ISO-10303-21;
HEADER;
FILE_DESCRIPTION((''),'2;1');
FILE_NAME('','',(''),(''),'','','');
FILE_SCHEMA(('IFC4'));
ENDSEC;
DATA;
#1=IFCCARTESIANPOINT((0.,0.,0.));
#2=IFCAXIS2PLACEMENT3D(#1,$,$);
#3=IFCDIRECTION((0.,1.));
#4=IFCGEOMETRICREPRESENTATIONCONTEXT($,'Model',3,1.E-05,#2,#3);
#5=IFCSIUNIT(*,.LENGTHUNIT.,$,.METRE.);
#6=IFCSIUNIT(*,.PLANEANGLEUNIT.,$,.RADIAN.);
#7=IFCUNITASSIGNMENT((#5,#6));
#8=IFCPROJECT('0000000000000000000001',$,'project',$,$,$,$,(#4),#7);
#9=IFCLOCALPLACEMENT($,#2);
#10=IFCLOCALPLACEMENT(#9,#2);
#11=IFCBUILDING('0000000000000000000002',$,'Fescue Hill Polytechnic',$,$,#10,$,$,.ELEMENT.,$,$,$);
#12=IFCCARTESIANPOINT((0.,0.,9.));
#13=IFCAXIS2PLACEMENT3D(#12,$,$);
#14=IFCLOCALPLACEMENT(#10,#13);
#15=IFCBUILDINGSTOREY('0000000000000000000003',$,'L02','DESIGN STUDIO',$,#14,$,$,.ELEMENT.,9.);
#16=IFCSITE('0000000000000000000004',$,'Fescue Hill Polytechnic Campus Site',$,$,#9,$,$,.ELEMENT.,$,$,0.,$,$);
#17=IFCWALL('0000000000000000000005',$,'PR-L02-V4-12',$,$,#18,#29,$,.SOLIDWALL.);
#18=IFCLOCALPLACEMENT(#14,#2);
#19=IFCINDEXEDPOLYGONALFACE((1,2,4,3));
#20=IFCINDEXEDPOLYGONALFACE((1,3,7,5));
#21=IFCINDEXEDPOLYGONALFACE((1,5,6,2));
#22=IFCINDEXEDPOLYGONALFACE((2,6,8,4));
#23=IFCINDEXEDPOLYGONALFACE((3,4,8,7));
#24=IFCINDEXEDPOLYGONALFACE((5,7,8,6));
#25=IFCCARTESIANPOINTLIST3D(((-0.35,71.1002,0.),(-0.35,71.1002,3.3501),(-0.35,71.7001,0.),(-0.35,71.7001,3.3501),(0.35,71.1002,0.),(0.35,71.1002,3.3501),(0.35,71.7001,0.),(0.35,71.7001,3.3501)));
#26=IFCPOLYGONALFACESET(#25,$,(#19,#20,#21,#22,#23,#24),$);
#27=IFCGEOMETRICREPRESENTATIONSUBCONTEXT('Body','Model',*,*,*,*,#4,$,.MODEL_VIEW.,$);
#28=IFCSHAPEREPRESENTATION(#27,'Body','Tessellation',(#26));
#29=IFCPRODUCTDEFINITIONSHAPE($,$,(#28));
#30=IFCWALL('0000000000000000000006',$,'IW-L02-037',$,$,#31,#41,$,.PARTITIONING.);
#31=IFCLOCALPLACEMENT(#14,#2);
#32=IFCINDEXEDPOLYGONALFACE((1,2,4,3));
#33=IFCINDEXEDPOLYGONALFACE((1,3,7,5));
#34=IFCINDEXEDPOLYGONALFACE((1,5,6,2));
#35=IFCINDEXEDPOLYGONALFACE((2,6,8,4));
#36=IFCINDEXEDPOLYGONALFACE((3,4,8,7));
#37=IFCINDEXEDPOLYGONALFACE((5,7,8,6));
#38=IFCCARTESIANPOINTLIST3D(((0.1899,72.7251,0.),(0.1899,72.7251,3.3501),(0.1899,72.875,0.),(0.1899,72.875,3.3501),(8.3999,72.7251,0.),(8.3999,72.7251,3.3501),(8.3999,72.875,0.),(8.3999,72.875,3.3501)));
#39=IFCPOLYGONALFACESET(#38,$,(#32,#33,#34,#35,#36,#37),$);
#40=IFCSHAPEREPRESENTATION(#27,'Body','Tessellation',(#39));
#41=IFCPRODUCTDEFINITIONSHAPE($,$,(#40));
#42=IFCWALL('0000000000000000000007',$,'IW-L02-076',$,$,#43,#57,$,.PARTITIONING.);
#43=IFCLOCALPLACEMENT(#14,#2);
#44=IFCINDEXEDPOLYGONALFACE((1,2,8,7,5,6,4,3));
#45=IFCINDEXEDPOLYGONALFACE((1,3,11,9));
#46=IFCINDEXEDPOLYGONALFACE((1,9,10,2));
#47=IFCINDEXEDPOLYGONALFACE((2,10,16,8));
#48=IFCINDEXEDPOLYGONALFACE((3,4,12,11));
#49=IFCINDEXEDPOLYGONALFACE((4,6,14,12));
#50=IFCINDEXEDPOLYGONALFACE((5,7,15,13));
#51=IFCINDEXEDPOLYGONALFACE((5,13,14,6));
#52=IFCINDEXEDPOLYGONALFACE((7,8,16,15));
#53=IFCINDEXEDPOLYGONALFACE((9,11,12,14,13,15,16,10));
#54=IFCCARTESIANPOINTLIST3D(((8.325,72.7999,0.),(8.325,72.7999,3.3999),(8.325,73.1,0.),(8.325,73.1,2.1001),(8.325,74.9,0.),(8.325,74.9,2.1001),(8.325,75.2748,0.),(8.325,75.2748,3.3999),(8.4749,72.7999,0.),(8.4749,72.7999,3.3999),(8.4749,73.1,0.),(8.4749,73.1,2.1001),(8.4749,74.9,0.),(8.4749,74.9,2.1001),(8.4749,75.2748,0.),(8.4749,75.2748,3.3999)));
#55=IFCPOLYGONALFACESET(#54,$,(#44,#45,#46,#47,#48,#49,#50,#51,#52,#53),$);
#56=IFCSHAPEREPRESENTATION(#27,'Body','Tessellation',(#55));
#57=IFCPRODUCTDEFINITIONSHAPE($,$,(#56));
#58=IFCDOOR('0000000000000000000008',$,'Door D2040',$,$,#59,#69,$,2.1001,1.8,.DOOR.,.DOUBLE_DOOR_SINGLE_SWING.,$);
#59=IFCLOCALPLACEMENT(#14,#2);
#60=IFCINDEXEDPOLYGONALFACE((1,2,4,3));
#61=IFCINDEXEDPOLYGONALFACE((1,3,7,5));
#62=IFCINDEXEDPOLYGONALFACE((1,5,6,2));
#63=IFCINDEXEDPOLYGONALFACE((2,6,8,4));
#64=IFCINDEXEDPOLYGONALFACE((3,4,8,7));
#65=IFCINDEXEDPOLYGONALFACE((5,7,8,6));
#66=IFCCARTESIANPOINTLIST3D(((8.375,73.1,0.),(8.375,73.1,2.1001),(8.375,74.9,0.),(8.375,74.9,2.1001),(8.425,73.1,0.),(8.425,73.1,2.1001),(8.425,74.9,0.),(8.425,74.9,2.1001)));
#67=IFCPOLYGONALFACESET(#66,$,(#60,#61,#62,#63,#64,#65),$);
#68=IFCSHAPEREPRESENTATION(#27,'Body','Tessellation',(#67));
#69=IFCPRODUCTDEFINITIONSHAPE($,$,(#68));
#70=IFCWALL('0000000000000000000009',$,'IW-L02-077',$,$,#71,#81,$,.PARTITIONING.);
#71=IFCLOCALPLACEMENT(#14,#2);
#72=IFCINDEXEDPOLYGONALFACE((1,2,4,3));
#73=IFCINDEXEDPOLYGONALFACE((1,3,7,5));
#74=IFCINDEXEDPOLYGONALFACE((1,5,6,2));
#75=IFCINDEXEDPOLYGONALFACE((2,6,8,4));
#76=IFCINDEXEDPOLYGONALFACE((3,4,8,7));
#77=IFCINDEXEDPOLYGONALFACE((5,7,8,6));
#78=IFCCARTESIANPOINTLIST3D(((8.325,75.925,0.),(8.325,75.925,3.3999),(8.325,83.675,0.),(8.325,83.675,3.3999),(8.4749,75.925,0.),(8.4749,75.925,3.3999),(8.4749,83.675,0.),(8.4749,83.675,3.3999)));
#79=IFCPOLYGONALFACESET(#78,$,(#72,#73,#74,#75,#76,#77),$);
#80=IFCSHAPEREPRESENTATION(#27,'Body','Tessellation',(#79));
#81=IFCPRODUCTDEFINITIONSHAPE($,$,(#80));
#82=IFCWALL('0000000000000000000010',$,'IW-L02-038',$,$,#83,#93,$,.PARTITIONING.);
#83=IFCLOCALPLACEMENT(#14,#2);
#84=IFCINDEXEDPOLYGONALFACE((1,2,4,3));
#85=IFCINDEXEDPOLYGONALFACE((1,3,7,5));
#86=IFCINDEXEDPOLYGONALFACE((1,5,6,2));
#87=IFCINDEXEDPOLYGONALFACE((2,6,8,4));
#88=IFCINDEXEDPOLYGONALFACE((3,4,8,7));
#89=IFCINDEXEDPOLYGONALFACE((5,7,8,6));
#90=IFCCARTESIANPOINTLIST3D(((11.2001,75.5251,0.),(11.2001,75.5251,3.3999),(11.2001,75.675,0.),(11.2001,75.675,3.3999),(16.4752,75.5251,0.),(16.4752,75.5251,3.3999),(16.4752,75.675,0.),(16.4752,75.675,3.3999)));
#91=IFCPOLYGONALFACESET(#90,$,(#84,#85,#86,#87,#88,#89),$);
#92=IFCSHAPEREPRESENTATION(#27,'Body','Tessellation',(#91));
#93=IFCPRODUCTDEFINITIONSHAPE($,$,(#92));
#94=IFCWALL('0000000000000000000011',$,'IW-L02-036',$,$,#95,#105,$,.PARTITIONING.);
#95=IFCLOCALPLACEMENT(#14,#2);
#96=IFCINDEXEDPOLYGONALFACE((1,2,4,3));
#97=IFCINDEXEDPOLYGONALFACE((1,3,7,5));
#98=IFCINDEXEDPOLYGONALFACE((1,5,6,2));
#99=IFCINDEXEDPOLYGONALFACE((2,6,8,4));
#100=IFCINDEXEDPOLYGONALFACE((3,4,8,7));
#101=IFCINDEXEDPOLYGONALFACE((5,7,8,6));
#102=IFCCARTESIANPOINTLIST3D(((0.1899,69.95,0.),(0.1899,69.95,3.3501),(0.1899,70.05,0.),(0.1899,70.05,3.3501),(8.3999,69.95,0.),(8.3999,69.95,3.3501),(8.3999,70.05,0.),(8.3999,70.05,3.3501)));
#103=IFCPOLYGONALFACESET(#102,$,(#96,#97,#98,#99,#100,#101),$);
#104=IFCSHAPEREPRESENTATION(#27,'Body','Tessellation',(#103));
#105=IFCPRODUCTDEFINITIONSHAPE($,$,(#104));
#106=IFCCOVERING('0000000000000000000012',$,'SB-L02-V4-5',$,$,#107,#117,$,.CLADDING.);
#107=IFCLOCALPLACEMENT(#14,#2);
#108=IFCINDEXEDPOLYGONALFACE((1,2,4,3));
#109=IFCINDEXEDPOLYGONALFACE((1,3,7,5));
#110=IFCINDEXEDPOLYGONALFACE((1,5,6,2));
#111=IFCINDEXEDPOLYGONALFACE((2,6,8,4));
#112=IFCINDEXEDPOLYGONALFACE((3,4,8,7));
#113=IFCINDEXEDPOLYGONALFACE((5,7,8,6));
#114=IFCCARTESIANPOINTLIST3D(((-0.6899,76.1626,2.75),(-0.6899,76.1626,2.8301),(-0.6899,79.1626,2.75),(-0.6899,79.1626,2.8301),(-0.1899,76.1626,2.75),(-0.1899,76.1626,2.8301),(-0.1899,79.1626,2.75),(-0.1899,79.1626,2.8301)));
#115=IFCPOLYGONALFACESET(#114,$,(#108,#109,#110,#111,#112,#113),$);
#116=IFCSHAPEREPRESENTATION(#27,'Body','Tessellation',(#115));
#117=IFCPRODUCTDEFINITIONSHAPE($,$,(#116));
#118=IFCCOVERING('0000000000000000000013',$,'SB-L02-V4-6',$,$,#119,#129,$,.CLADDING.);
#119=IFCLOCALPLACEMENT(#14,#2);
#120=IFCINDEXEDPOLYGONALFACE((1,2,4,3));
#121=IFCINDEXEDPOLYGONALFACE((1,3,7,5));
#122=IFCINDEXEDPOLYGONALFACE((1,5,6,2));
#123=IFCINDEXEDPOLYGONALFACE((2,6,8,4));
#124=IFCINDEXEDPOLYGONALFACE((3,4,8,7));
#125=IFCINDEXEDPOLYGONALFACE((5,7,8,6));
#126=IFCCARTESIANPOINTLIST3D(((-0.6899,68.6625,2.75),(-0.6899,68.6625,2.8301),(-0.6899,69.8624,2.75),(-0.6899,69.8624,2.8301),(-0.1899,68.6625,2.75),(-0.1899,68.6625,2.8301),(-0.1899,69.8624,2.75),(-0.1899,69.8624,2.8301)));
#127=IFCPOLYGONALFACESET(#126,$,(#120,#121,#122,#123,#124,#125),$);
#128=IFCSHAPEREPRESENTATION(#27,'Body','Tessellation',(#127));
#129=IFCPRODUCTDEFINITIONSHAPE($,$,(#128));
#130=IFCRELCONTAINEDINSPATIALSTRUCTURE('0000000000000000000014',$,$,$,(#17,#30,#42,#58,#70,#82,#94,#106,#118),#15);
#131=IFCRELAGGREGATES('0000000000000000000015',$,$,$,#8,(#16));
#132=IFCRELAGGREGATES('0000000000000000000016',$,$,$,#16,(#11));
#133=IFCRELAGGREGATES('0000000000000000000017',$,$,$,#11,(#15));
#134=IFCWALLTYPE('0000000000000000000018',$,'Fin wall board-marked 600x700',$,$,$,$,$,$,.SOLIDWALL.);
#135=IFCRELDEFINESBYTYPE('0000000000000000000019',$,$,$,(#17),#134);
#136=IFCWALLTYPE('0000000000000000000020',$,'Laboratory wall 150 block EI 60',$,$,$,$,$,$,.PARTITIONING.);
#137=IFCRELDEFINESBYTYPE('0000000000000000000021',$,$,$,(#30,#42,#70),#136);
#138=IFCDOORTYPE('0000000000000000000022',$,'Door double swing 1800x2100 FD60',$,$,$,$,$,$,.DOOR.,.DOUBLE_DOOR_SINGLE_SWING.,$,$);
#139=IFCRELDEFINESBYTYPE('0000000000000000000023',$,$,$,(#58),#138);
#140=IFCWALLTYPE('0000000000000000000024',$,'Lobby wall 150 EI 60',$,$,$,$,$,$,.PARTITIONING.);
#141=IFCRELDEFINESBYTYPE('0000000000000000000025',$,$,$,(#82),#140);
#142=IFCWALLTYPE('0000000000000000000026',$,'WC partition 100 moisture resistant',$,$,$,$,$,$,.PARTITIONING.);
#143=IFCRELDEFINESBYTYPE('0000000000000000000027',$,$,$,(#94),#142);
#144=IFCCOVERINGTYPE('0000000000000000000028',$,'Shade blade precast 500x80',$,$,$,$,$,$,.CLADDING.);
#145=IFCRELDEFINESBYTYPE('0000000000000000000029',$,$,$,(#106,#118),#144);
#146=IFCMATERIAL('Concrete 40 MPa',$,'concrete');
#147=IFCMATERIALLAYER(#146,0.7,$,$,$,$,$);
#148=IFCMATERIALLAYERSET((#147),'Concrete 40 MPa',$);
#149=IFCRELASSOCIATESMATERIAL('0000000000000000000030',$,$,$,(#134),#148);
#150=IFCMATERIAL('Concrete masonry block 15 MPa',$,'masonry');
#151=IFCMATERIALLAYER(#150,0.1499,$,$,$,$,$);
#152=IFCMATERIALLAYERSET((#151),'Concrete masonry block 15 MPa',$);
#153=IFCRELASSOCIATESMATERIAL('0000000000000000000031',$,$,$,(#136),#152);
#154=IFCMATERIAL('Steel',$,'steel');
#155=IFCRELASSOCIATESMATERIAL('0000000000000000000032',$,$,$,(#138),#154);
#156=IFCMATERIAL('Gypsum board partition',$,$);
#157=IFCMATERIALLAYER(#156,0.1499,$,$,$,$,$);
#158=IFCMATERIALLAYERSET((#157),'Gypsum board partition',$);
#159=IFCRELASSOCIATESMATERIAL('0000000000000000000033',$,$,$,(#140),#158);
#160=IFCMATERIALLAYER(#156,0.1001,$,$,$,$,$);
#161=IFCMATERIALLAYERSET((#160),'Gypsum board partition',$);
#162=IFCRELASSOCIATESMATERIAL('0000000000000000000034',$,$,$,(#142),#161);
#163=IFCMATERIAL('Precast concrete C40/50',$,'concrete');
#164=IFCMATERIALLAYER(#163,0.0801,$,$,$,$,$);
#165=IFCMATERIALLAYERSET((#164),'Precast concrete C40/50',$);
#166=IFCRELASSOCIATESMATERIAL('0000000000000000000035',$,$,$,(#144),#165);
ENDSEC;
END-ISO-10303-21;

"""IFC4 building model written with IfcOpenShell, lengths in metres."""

from ifc_helpers import new_model, si_unit, direction, frame, frame_2d, origin, origin_2d, place, context, subcontext, project, spatial, rectangle, extrude, material, layer, layer_set, type_object, element, fill, save


model = new_model("IFC4")

# Units and contexts
model_context = context("Model", 3, precision=1e-05, world=origin(), true_north=direction((0.0, 1.0)))
body_context = subcontext(model_context, "Body", "Model", "MODEL_VIEW")
ifc_project = project(units=[si_unit("LENGTHUNIT", "METRE"), si_unit("PLANEANGLEUNIT", "RADIAN")], contexts=[model_context])

# Site, building, storey
site_placement = place(None, origin())
site = spatial("IfcSite", under=ifc_project, at=site_placement, Name="Fescue Hill Polytechnic Campus Site", CompositionType="ELEMENT", RefElevation=0.0)
building_placement = place(site_placement, origin())
building = spatial("IfcBuilding", under=site, at=building_placement, Name="Fescue Hill Polytechnic", CompositionType="ELEMENT")
storey_placement = place(building_placement, frame((0.0, 0.0, 9.0)))
storey = spatial("IfcBuildingStorey", under=building, at=storey_placement, Name="L02", Description="DESIGN STUDIO", CompositionType="ELEMENT", Elevation=9.0)

# Shared definitions
ifc_material_1 = material(Name="Concrete 40 MPa", Category="concrete")

# Walls
ifc_layer_1 = layer(ifc_material_1, 0.7)
ifc_layer_set_1 = layer_set([ifc_layer_1], Name="Concrete 40 MPa")
wall_type_1 = type_object("IfcWallType", Name="Fin wall board-marked 600x700", PredefinedType="SOLIDWALL", material=ifc_layer_set_1)
wall_1_placement = place(storey_placement, frame((0.0, 71.7, 0.0), z_axis=(0.0, 0.0, 1.0), x_axis=(0.0, -1.0, 0.0)))
element("IfcWall", 1, at=wall_1_placement, inside=storey, type_object=wall_type_1, Name="PR-L02-V4-12", PredefinedType="SOLIDWALL", context=body_context, shape_type="SweptSolid", body=[
    extrude(rectangle(XDim=0.5999, YDim=0.7, at=frame_2d((0.2998, 0.0))), origin(), (0.0, 0.0, 1.0), 3.3501),
])
ifc_material_2 = material(Name="Concrete masonry block 15 MPa", Category="masonry")
ifc_layer_2 = layer(ifc_material_2, 0.1499)
ifc_layer_set_2 = layer_set([ifc_layer_2], Name="Concrete masonry block 15 MPa")
wall_type_2 = type_object("IfcWallType", Name="Laboratory wall 150 block EI 60", PredefinedType="PARTITIONING", material=ifc_layer_set_2)
wall_2_placement = place(storey_placement, frame((0.1899, 72.8, 0.0), z_axis=(0.0, 0.0, 1.0), x_axis=(1.0, 0.0, 0.0)))
element("IfcWall", 2, at=wall_2_placement, inside=storey, type_object=wall_type_2, Name="IW-L02-037", PredefinedType="PARTITIONING", context=body_context, shape_type="SweptSolid", body=[
    extrude(rectangle(XDim=8.21, YDim=0.1499, at=frame_2d((4.105, 0.0))), origin(), (0.0, 0.0, 1.0), 3.3501),
])

# Wall, opening, door
wall_3_placement = place(storey_placement, frame((8.3999, 72.8, 0.0), z_axis=(0.0, 0.0, 1.0), x_axis=(0.0, 1.0, 0.0)))
wall_3 = element("IfcWall", 3, at=wall_3_placement, inside=storey, type_object=wall_type_2, Name="IW-L02-076", PredefinedType="PARTITIONING", context=body_context, shape_type="SweptSolid", body=[
    extrude(rectangle(XDim=2.4749, YDim=0.1499, at=frame_2d((1.2373, 0.0))), origin(), (0.0, 0.0, 1.0), 3.3999),
])
opening_1_placement = place(wall_3_placement, frame((0.3, 0.0, 0.0)))
opening_1 = element("IfcOpeningElement", 4, at=opening_1_placement, cuts=wall_3, PredefinedType="OPENING", context=body_context, shape_type="SweptSolid", body=[
    extrude(rectangle(XDim=1.8, YDim=2.1001, at=frame_2d((0.8999, 1.05))), frame((0.0, 0.085, 0.0), z_axis=(0.0, -1.0, 0.0), x_axis=(1.0, 0.0, 0.0)), (0.0, 0.0, 1.0), 0.1699),
])
ifc_material_3 = material(Name="Steel", Category="steel")
door_type = type_object("IfcDoorType", Name="Door double swing 1800x2100 FD60", OperationType="DOUBLE_DOOR_SINGLE_SWING", PredefinedType="DOOR", material=ifc_material_3)
door_placement = place(opening_1_placement, origin())
door = element("IfcDoor", 5, at=door_placement, inside=storey, type_object=door_type, Name="Door D2040", OperationType="DOUBLE_DOOR_SINGLE_SWING", OverallHeight=2.1001, OverallWidth=1.8, PredefinedType="DOOR", context=body_context, shape_type="SweptSolid", body=[
    extrude(rectangle(XDim=1.8, YDim=2.1001, at=frame_2d((0.8999, 1.05))), frame((0.0, 0.0249, 0.0), z_axis=(0.0, -1.0, 0.0), x_axis=(1.0, 0.0, 0.0)), (0.0, 0.0, 1.0), 0.05),
])
fill(opening_1, door)

# Walls
wall_4_placement = place(storey_placement, frame((8.3999, 75.925, 0.0), z_axis=(0.0, 0.0, 1.0), x_axis=(0.0, 1.0, 0.0)))
element("IfcWall", 6, at=wall_4_placement, inside=storey, type_object=wall_type_2, Name="IW-L02-077", PredefinedType="PARTITIONING", context=body_context, shape_type="SweptSolid", body=[
    extrude(rectangle(XDim=7.75, YDim=0.1499, at=frame_2d((3.875, 0.0))), origin(), (0.0, 0.0, 1.0), 3.3999),
])
ifc_material_4 = material(Name="Gypsum board partition")
ifc_layer_3 = layer(ifc_material_4, 0.1499)
ifc_layer_set_3 = layer_set([ifc_layer_3], Name="Gypsum board partition")
wall_type_3 = type_object("IfcWallType", Name="Lobby wall 150 EI 60", PredefinedType="PARTITIONING", material=ifc_layer_set_3)
wall_5_placement = place(storey_placement, frame((11.2, 75.6001, 0.0), z_axis=(0.0, 0.0, 1.0), x_axis=(1.0, 0.0, 0.0)))
element("IfcWall", 7, at=wall_5_placement, inside=storey, type_object=wall_type_3, Name="IW-L02-038", PredefinedType="PARTITIONING", context=body_context, shape_type="SweptSolid", body=[
    extrude(rectangle(XDim=5.2751, YDim=0.1499, at=frame_2d((2.6377, 0.0))), origin(), (0.0, 0.0, 1.0), 3.3999),
])
ifc_layer_4 = layer(ifc_material_4, 0.1001)
ifc_layer_set_4 = layer_set([ifc_layer_4], Name="Gypsum board partition")
wall_type_4 = type_object("IfcWallType", Name="WC partition 100 moisture resistant", PredefinedType="PARTITIONING", material=ifc_layer_set_4)
wall_6_placement = place(storey_placement, frame((0.1899, 70.0, 0.0), z_axis=(0.0, 0.0, 1.0), x_axis=(1.0, 0.0, 0.0)))
element("IfcWall", 8, at=wall_6_placement, inside=storey, type_object=wall_type_4, Name="IW-L02-036", PredefinedType="PARTITIONING", context=body_context, shape_type="SweptSolid", body=[
    extrude(rectangle(XDim=8.21, YDim=0.1001, at=frame_2d((4.105, 0.0))), origin(), (0.0, 0.0, 1.0), 3.3501),
])

# Coverings
ifc_material_5 = material(Name="Precast concrete C40/50", Category="concrete")
ifc_layer_5 = layer(ifc_material_5, 0.0801)
ifc_layer_set_5 = layer_set([ifc_layer_5], Name="Precast concrete C40/50")
covering_type = type_object("IfcCoveringType", Name="Shade blade precast 500x80", PredefinedType="CLADDING", material=ifc_layer_set_5)
covering_1_placement = place(storey_placement, frame((-0.4399, 77.6626, 2.75), z_axis=(0.0, 0.0, 1.0), x_axis=(0.0, -1.0, 0.0)))
element("IfcCovering", 9, at=covering_1_placement, inside=storey, type_object=covering_type, Name="SB-L02-V4-5", PredefinedType="CLADDING", context=body_context, shape_type="SweptSolid", body=[
    extrude(rectangle(XDim=3.0, YDim=0.5, at=origin_2d()), origin(), (0.0, 0.0, 1.0), 0.0801),
])
covering_2_placement = place(storey_placement, frame((-0.4399, 69.2625, 2.75), z_axis=(0.0, 0.0, 1.0), x_axis=(0.0, -1.0, 0.0)))
element("IfcCovering", 10, at=covering_2_placement, inside=storey, type_object=covering_type, Name="SB-L02-V4-6", PredefinedType="CLADDING", context=body_context, shape_type="SweptSolid", body=[
    extrude(rectangle(XDim=1.2, YDim=0.5, at=origin_2d()), origin(), (0.0, 0.0, 1.0), 0.0801),
])

save(model, "model.ifc")
